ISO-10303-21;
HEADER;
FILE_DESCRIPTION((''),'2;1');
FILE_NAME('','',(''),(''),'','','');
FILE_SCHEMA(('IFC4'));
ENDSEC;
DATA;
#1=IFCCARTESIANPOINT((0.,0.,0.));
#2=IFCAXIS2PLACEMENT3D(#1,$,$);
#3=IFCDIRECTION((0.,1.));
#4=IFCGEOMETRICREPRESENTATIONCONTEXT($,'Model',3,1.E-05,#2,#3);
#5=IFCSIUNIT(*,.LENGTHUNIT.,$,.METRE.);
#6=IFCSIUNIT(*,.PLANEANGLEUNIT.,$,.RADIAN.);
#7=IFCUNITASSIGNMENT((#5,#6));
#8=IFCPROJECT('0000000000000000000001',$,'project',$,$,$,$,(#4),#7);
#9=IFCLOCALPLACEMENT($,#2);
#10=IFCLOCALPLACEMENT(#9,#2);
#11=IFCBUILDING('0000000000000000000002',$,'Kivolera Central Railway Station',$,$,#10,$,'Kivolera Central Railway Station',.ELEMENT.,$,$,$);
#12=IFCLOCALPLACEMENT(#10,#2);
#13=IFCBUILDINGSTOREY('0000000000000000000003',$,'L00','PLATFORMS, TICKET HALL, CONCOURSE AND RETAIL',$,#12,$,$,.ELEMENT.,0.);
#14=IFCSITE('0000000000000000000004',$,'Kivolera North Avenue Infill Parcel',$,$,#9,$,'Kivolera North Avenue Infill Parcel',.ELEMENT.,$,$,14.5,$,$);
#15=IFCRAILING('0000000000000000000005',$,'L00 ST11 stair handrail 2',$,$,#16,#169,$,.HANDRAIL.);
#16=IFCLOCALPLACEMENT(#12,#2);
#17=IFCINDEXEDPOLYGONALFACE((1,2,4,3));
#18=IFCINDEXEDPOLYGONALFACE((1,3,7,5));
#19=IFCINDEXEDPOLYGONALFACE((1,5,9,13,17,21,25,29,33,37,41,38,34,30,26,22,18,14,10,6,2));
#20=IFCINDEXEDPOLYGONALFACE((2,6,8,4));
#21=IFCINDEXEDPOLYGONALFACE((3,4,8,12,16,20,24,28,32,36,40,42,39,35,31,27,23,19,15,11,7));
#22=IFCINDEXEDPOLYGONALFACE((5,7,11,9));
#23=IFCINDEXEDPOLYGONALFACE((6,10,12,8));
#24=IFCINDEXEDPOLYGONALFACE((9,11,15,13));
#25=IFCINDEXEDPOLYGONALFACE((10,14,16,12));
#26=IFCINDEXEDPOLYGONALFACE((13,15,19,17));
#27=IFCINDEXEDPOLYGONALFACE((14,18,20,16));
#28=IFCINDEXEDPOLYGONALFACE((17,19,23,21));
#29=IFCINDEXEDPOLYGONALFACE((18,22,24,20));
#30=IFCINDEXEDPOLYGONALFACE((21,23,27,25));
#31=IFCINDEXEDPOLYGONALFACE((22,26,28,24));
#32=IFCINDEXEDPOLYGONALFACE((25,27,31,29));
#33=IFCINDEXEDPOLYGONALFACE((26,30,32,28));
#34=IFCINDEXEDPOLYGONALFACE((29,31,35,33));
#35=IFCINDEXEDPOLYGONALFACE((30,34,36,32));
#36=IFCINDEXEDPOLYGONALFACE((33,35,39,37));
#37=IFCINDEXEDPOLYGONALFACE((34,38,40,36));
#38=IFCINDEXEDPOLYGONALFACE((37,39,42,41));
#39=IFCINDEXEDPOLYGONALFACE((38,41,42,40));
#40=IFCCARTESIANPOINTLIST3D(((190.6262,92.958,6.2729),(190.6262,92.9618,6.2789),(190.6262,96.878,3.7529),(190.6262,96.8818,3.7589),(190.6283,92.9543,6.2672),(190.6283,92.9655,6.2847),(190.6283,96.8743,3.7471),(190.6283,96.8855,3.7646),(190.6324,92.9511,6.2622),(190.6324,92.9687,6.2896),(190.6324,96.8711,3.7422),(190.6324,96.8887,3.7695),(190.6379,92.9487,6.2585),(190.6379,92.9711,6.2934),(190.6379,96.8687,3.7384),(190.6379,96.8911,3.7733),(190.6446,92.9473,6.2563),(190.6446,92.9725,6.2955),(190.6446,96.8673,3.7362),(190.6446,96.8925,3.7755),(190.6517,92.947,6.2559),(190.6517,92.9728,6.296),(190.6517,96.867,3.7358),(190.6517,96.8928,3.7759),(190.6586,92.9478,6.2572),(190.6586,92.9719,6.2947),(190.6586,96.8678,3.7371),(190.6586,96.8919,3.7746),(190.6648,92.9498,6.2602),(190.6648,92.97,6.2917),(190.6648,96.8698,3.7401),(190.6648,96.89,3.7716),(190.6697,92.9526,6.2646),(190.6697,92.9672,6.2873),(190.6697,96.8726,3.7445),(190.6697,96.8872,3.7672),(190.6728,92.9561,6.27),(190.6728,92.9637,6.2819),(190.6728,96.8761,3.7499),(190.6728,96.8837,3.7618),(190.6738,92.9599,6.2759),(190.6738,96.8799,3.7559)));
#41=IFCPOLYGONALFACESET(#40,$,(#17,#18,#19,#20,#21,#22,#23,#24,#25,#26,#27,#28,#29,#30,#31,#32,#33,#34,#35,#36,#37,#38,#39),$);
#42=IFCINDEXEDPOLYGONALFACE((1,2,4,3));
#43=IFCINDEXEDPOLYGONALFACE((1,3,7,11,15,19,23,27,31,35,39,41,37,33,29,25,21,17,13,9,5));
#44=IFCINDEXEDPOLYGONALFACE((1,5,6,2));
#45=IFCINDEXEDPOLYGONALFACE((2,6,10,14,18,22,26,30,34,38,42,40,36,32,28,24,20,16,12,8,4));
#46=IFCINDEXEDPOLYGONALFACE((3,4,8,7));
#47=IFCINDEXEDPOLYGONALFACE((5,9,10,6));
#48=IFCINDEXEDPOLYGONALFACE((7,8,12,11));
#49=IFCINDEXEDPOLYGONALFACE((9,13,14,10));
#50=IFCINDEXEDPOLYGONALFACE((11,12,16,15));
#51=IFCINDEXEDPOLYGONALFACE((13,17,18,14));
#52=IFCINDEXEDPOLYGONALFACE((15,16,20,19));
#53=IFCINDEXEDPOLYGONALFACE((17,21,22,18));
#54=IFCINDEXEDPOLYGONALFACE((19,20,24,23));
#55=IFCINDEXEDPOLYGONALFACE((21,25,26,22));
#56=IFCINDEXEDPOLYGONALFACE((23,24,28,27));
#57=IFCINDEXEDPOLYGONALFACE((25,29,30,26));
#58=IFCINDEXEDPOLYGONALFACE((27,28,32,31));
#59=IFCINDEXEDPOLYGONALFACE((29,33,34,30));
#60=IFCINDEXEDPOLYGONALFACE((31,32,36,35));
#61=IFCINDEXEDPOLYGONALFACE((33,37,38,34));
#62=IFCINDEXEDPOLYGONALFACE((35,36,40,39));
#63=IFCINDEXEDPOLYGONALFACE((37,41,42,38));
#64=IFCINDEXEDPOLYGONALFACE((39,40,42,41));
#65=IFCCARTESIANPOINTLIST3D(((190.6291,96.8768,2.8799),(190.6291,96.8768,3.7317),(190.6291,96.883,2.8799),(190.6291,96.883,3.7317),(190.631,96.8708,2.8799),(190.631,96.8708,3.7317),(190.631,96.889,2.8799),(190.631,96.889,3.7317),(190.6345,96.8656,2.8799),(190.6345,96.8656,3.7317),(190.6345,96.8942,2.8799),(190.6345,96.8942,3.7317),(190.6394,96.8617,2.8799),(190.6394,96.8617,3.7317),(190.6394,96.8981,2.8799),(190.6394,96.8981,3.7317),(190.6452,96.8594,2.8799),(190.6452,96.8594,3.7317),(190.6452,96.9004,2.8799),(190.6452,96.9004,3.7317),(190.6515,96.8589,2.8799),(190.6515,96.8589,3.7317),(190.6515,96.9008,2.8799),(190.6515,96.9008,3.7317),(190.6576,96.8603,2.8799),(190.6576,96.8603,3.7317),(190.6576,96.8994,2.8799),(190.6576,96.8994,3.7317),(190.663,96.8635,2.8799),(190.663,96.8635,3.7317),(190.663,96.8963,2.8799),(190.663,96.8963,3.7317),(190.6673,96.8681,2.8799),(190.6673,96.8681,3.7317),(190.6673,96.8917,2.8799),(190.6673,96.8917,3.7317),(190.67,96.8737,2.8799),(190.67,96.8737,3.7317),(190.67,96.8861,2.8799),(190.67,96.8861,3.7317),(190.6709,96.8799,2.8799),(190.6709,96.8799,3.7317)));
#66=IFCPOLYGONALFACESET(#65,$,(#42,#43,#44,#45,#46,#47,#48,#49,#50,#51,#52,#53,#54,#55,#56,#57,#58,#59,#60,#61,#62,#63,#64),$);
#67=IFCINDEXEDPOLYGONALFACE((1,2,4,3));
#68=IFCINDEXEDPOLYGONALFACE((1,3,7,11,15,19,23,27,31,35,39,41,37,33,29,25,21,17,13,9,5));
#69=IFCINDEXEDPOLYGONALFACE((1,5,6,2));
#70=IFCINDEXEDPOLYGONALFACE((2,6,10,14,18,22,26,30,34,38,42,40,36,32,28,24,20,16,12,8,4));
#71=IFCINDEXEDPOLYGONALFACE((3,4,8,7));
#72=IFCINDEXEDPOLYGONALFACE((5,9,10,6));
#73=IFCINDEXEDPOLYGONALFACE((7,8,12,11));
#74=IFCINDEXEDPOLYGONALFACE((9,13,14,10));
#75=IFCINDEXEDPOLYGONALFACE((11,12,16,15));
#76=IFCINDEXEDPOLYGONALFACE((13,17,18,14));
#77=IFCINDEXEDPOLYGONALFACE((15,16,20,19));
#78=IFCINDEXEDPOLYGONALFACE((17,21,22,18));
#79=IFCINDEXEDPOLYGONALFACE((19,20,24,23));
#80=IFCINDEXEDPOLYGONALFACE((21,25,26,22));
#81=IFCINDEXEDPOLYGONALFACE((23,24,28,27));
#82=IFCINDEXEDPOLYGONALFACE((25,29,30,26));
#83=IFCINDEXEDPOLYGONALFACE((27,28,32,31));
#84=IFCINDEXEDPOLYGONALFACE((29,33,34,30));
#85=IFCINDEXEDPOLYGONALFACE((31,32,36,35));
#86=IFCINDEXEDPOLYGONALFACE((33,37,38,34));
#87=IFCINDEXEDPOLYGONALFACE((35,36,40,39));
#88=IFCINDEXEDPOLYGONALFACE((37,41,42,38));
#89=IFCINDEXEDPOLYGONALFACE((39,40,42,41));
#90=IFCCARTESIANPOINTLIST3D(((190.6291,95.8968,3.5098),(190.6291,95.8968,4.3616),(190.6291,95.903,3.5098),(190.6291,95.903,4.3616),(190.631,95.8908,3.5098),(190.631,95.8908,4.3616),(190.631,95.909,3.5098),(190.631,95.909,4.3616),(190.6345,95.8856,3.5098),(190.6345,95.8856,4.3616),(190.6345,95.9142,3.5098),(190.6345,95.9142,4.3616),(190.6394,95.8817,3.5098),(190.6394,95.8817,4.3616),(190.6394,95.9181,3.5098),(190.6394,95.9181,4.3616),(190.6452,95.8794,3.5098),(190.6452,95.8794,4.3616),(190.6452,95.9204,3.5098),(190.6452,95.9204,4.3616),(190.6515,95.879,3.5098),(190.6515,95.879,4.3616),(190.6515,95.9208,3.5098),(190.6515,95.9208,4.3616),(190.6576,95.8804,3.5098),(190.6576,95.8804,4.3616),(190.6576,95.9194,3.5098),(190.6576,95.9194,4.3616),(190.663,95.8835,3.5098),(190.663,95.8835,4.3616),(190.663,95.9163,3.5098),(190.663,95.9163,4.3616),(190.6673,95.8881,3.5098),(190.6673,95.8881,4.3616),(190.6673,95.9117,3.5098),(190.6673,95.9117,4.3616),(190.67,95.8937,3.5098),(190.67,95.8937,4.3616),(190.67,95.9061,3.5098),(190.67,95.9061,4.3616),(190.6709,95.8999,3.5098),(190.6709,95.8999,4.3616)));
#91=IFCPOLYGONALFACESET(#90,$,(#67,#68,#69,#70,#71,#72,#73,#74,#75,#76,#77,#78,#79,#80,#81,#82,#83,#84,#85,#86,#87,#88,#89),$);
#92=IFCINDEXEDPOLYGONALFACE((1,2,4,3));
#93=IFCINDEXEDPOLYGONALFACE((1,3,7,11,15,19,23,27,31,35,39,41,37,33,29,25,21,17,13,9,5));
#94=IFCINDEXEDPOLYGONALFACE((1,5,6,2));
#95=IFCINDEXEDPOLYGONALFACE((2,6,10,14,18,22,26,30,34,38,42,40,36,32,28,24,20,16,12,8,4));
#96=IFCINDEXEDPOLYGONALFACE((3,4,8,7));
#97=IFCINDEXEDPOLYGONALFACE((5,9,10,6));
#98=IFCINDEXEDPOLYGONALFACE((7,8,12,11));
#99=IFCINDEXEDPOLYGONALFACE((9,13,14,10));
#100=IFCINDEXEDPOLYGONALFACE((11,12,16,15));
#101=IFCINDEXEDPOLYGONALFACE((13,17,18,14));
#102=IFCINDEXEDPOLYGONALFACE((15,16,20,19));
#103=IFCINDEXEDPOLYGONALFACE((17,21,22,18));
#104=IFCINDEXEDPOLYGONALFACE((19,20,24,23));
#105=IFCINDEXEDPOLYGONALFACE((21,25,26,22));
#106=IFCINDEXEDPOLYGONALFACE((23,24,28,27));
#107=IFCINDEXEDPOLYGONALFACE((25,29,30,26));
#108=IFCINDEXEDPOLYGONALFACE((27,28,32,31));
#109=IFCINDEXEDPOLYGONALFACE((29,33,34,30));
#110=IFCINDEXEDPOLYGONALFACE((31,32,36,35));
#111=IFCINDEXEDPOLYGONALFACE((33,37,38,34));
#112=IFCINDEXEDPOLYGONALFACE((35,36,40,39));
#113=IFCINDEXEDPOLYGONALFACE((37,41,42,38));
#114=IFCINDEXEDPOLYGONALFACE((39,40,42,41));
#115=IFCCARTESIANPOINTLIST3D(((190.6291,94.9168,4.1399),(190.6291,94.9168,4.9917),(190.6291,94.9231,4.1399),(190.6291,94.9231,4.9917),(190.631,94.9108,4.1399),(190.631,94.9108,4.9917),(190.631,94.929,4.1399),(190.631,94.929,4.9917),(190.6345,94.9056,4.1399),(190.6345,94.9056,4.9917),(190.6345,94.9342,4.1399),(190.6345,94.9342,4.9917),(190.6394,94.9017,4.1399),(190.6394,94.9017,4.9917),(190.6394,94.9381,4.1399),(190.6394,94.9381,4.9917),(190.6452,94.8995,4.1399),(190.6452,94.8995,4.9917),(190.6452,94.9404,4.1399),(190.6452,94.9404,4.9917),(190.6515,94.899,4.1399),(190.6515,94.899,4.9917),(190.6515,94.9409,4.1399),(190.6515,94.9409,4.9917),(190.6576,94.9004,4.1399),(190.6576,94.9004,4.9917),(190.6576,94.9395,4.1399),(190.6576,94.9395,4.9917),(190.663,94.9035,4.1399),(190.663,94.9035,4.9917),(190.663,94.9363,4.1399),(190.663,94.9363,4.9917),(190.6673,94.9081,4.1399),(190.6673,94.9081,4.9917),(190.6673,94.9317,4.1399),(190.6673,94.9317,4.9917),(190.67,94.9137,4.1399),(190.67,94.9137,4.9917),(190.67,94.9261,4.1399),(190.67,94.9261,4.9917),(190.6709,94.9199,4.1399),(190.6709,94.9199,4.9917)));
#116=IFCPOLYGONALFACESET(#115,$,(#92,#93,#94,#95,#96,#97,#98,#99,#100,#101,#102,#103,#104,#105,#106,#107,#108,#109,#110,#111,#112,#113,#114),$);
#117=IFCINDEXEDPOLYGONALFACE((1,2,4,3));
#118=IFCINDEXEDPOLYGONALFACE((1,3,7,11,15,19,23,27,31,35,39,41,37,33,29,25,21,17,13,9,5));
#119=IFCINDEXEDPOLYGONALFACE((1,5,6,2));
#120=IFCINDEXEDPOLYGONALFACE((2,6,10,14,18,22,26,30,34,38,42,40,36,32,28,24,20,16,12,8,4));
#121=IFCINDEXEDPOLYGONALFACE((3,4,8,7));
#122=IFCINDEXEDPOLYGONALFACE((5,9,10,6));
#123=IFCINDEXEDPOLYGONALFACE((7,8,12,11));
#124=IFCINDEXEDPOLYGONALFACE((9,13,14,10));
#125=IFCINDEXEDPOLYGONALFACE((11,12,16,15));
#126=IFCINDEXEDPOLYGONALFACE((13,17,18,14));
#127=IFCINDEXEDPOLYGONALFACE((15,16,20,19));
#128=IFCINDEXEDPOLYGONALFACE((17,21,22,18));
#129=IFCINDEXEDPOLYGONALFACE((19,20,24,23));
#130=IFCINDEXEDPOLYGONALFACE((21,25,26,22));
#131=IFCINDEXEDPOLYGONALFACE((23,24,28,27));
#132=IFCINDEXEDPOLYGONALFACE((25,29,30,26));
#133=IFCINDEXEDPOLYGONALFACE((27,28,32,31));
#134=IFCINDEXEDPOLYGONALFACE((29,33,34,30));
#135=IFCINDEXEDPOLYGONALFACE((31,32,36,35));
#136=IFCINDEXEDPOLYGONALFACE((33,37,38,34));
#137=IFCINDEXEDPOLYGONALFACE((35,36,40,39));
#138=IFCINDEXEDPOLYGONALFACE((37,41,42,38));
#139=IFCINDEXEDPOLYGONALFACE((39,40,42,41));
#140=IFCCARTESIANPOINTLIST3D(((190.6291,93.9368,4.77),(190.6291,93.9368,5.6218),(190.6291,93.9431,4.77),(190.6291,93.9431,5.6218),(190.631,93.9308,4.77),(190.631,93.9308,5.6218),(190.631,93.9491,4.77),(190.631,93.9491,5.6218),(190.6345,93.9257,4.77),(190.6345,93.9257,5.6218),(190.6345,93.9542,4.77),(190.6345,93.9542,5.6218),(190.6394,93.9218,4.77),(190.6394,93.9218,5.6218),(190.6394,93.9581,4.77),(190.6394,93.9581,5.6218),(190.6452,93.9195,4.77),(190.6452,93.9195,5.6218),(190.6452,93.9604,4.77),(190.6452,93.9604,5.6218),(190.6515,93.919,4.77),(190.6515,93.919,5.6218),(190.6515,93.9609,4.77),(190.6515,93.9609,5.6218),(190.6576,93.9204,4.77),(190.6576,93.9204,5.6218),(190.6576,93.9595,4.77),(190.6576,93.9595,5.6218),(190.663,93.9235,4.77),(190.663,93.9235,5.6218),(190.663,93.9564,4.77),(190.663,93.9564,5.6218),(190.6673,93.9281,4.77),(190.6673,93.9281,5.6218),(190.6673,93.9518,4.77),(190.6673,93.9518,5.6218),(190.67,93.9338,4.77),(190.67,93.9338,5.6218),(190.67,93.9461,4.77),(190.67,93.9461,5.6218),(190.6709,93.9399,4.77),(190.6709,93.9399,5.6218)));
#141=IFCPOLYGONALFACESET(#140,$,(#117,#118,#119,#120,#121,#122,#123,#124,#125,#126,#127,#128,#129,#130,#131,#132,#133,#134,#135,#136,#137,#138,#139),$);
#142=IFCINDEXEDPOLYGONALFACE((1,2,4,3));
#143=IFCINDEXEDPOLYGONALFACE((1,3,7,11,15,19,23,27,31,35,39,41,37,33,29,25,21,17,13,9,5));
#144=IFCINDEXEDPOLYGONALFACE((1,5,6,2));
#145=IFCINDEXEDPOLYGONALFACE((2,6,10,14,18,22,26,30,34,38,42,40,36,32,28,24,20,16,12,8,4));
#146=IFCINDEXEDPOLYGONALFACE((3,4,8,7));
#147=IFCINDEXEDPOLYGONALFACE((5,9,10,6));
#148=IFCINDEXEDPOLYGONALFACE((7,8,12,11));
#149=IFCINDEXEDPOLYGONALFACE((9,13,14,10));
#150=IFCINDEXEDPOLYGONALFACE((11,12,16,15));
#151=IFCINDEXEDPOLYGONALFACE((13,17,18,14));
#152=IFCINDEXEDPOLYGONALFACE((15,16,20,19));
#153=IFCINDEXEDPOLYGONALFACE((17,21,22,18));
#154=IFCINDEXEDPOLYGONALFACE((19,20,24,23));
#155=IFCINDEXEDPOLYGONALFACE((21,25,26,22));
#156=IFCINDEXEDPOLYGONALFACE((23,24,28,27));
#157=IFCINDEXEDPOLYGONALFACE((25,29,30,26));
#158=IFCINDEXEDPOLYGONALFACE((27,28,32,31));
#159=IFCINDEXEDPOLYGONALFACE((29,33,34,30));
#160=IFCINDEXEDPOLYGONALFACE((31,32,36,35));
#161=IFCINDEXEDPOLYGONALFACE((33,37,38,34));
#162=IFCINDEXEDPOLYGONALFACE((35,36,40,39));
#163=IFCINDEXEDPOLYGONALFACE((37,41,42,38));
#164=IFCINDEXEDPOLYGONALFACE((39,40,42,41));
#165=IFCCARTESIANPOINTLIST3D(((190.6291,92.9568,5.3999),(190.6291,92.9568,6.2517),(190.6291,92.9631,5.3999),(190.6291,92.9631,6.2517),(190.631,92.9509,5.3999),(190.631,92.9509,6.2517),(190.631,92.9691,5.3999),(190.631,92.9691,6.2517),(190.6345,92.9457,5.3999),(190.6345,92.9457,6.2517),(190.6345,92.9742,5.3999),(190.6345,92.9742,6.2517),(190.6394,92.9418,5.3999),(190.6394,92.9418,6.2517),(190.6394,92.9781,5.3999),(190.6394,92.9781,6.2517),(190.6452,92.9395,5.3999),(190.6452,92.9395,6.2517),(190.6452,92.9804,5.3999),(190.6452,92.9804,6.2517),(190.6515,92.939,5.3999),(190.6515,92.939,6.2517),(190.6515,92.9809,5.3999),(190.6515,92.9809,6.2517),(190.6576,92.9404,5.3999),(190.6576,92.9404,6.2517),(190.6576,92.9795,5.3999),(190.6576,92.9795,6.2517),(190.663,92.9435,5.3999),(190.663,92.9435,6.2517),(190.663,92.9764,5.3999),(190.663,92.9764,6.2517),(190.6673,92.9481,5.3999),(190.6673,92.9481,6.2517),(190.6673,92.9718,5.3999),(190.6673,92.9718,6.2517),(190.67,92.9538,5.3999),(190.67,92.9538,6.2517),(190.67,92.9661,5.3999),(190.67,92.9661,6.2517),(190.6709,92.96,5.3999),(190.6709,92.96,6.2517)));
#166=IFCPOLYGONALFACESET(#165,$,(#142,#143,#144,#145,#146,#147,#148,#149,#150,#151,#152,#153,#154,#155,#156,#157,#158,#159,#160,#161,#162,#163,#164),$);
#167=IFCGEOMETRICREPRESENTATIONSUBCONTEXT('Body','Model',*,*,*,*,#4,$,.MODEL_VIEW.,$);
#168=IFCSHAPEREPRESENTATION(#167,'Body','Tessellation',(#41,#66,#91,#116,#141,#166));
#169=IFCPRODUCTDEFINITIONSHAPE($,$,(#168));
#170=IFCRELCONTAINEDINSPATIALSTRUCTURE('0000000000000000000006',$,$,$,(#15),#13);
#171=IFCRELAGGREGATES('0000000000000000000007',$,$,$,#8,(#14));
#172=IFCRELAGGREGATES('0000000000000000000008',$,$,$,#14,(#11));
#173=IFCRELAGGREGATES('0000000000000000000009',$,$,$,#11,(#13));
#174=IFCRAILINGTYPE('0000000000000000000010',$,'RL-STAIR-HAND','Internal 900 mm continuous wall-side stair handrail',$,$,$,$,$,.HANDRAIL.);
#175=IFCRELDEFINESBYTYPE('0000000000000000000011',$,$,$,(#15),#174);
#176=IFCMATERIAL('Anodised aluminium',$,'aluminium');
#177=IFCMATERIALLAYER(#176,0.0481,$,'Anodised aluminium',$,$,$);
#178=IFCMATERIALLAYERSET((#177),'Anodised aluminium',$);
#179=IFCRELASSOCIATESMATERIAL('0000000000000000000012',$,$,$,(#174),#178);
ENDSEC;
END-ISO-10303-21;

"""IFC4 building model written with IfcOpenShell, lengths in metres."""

from ifc_helpers import new_model, si_unit, direction, frame, origin, origin_2d, place, context, subcontext, project, spatial, circle, extrude, material, layer, layer_set, type_object, element, save


model = new_model("IFC4")

# Units and contexts
model_context = context("Model", 3, precision=1e-05, world=origin(), true_north=direction((0.0, 1.0)))
body_context = subcontext(model_context, "Body", "Model", "MODEL_VIEW")
ifc_project = project(units=[si_unit("LENGTHUNIT", "METRE"), si_unit("PLANEANGLEUNIT", "RADIAN")], contexts=[model_context])

# Site, building, storey
site_placement = place(None, origin())
site = spatial("IfcSite", under=ifc_project, at=site_placement, Name="Kivolera North Avenue Infill Parcel", LongName="Kivolera North Avenue Infill Parcel", CompositionType="ELEMENT", RefElevation=14.5)
building_placement = place(site_placement, origin())
building = spatial("IfcBuilding", under=site, at=building_placement, Name="Kivolera Central Railway Station", LongName="Kivolera Central Railway Station", CompositionType="ELEMENT")
storey_placement = place(building_placement, origin())
storey = spatial("IfcBuildingStorey", under=building, at=storey_placement, Name="L00", Description="PLATFORMS, TICKET HALL, CONCOURSE AND RETAIL", CompositionType="ELEMENT", Elevation=0.0)

# Shared definitions
ifc_material_1 = material(Name="Anodised aluminium", Category="aluminium")

# Railing
ifc_layer_1 = layer(ifc_material_1, 0.0481, Name="Anodised aluminium")
ifc_layer_set_1 = layer_set([ifc_layer_1], Name="Anodised aluminium")
railing_type_1 = type_object("IfcRailingType", Name="RL-STAIR-HAND", Description="Internal 900 mm continuous wall-side stair handrail", PredefinedType="HANDRAIL", material=ifc_layer_set_1)
railing_1_placement = place(storey_placement, frame((190.6499, 96.8799, 2.8799)))
element("IfcRailing", 1, at=railing_1_placement, inside=storey, type_object=railing_type_1, Name="L00 ST11 stair handrail 2", PredefinedType="HANDRAIL", context=body_context, shape_type="SweptSolid", body=[
    extrude(circle(Radius=0.0239, at=origin_2d()), frame((0.0, 0.0, 0.876), z_axis=(0.0, -0.841172, 0.540768), x_axis=(1.0, 0.0, 0.0)), (0.0, 0.0, 1.0), 4.6602),
    extrude(circle(Radius=0.021, at=origin_2d()), origin(), (0.0, 0.0, 1.0), 0.8518),
    extrude(circle(Radius=0.021, at=origin_2d()), frame((0.0, -0.98, 0.6299)), (0.0, 0.0, 1.0), 0.8518),
    extrude(circle(Radius=0.021, at=origin_2d()), frame((0.0, -1.96, 1.26)), (0.0, 0.0, 1.0), 0.8518),
    extrude(circle(Radius=0.021, at=origin_2d()), frame((0.0, -2.9399, 1.8901)), (0.0, 0.0, 1.0), 0.8518),
    extrude(circle(Radius=0.021, at=origin_2d()), frame((0.0, -3.9199, 2.52)), (0.0, 0.0, 1.0), 0.8518),
])

save(model, "model.ifc")
